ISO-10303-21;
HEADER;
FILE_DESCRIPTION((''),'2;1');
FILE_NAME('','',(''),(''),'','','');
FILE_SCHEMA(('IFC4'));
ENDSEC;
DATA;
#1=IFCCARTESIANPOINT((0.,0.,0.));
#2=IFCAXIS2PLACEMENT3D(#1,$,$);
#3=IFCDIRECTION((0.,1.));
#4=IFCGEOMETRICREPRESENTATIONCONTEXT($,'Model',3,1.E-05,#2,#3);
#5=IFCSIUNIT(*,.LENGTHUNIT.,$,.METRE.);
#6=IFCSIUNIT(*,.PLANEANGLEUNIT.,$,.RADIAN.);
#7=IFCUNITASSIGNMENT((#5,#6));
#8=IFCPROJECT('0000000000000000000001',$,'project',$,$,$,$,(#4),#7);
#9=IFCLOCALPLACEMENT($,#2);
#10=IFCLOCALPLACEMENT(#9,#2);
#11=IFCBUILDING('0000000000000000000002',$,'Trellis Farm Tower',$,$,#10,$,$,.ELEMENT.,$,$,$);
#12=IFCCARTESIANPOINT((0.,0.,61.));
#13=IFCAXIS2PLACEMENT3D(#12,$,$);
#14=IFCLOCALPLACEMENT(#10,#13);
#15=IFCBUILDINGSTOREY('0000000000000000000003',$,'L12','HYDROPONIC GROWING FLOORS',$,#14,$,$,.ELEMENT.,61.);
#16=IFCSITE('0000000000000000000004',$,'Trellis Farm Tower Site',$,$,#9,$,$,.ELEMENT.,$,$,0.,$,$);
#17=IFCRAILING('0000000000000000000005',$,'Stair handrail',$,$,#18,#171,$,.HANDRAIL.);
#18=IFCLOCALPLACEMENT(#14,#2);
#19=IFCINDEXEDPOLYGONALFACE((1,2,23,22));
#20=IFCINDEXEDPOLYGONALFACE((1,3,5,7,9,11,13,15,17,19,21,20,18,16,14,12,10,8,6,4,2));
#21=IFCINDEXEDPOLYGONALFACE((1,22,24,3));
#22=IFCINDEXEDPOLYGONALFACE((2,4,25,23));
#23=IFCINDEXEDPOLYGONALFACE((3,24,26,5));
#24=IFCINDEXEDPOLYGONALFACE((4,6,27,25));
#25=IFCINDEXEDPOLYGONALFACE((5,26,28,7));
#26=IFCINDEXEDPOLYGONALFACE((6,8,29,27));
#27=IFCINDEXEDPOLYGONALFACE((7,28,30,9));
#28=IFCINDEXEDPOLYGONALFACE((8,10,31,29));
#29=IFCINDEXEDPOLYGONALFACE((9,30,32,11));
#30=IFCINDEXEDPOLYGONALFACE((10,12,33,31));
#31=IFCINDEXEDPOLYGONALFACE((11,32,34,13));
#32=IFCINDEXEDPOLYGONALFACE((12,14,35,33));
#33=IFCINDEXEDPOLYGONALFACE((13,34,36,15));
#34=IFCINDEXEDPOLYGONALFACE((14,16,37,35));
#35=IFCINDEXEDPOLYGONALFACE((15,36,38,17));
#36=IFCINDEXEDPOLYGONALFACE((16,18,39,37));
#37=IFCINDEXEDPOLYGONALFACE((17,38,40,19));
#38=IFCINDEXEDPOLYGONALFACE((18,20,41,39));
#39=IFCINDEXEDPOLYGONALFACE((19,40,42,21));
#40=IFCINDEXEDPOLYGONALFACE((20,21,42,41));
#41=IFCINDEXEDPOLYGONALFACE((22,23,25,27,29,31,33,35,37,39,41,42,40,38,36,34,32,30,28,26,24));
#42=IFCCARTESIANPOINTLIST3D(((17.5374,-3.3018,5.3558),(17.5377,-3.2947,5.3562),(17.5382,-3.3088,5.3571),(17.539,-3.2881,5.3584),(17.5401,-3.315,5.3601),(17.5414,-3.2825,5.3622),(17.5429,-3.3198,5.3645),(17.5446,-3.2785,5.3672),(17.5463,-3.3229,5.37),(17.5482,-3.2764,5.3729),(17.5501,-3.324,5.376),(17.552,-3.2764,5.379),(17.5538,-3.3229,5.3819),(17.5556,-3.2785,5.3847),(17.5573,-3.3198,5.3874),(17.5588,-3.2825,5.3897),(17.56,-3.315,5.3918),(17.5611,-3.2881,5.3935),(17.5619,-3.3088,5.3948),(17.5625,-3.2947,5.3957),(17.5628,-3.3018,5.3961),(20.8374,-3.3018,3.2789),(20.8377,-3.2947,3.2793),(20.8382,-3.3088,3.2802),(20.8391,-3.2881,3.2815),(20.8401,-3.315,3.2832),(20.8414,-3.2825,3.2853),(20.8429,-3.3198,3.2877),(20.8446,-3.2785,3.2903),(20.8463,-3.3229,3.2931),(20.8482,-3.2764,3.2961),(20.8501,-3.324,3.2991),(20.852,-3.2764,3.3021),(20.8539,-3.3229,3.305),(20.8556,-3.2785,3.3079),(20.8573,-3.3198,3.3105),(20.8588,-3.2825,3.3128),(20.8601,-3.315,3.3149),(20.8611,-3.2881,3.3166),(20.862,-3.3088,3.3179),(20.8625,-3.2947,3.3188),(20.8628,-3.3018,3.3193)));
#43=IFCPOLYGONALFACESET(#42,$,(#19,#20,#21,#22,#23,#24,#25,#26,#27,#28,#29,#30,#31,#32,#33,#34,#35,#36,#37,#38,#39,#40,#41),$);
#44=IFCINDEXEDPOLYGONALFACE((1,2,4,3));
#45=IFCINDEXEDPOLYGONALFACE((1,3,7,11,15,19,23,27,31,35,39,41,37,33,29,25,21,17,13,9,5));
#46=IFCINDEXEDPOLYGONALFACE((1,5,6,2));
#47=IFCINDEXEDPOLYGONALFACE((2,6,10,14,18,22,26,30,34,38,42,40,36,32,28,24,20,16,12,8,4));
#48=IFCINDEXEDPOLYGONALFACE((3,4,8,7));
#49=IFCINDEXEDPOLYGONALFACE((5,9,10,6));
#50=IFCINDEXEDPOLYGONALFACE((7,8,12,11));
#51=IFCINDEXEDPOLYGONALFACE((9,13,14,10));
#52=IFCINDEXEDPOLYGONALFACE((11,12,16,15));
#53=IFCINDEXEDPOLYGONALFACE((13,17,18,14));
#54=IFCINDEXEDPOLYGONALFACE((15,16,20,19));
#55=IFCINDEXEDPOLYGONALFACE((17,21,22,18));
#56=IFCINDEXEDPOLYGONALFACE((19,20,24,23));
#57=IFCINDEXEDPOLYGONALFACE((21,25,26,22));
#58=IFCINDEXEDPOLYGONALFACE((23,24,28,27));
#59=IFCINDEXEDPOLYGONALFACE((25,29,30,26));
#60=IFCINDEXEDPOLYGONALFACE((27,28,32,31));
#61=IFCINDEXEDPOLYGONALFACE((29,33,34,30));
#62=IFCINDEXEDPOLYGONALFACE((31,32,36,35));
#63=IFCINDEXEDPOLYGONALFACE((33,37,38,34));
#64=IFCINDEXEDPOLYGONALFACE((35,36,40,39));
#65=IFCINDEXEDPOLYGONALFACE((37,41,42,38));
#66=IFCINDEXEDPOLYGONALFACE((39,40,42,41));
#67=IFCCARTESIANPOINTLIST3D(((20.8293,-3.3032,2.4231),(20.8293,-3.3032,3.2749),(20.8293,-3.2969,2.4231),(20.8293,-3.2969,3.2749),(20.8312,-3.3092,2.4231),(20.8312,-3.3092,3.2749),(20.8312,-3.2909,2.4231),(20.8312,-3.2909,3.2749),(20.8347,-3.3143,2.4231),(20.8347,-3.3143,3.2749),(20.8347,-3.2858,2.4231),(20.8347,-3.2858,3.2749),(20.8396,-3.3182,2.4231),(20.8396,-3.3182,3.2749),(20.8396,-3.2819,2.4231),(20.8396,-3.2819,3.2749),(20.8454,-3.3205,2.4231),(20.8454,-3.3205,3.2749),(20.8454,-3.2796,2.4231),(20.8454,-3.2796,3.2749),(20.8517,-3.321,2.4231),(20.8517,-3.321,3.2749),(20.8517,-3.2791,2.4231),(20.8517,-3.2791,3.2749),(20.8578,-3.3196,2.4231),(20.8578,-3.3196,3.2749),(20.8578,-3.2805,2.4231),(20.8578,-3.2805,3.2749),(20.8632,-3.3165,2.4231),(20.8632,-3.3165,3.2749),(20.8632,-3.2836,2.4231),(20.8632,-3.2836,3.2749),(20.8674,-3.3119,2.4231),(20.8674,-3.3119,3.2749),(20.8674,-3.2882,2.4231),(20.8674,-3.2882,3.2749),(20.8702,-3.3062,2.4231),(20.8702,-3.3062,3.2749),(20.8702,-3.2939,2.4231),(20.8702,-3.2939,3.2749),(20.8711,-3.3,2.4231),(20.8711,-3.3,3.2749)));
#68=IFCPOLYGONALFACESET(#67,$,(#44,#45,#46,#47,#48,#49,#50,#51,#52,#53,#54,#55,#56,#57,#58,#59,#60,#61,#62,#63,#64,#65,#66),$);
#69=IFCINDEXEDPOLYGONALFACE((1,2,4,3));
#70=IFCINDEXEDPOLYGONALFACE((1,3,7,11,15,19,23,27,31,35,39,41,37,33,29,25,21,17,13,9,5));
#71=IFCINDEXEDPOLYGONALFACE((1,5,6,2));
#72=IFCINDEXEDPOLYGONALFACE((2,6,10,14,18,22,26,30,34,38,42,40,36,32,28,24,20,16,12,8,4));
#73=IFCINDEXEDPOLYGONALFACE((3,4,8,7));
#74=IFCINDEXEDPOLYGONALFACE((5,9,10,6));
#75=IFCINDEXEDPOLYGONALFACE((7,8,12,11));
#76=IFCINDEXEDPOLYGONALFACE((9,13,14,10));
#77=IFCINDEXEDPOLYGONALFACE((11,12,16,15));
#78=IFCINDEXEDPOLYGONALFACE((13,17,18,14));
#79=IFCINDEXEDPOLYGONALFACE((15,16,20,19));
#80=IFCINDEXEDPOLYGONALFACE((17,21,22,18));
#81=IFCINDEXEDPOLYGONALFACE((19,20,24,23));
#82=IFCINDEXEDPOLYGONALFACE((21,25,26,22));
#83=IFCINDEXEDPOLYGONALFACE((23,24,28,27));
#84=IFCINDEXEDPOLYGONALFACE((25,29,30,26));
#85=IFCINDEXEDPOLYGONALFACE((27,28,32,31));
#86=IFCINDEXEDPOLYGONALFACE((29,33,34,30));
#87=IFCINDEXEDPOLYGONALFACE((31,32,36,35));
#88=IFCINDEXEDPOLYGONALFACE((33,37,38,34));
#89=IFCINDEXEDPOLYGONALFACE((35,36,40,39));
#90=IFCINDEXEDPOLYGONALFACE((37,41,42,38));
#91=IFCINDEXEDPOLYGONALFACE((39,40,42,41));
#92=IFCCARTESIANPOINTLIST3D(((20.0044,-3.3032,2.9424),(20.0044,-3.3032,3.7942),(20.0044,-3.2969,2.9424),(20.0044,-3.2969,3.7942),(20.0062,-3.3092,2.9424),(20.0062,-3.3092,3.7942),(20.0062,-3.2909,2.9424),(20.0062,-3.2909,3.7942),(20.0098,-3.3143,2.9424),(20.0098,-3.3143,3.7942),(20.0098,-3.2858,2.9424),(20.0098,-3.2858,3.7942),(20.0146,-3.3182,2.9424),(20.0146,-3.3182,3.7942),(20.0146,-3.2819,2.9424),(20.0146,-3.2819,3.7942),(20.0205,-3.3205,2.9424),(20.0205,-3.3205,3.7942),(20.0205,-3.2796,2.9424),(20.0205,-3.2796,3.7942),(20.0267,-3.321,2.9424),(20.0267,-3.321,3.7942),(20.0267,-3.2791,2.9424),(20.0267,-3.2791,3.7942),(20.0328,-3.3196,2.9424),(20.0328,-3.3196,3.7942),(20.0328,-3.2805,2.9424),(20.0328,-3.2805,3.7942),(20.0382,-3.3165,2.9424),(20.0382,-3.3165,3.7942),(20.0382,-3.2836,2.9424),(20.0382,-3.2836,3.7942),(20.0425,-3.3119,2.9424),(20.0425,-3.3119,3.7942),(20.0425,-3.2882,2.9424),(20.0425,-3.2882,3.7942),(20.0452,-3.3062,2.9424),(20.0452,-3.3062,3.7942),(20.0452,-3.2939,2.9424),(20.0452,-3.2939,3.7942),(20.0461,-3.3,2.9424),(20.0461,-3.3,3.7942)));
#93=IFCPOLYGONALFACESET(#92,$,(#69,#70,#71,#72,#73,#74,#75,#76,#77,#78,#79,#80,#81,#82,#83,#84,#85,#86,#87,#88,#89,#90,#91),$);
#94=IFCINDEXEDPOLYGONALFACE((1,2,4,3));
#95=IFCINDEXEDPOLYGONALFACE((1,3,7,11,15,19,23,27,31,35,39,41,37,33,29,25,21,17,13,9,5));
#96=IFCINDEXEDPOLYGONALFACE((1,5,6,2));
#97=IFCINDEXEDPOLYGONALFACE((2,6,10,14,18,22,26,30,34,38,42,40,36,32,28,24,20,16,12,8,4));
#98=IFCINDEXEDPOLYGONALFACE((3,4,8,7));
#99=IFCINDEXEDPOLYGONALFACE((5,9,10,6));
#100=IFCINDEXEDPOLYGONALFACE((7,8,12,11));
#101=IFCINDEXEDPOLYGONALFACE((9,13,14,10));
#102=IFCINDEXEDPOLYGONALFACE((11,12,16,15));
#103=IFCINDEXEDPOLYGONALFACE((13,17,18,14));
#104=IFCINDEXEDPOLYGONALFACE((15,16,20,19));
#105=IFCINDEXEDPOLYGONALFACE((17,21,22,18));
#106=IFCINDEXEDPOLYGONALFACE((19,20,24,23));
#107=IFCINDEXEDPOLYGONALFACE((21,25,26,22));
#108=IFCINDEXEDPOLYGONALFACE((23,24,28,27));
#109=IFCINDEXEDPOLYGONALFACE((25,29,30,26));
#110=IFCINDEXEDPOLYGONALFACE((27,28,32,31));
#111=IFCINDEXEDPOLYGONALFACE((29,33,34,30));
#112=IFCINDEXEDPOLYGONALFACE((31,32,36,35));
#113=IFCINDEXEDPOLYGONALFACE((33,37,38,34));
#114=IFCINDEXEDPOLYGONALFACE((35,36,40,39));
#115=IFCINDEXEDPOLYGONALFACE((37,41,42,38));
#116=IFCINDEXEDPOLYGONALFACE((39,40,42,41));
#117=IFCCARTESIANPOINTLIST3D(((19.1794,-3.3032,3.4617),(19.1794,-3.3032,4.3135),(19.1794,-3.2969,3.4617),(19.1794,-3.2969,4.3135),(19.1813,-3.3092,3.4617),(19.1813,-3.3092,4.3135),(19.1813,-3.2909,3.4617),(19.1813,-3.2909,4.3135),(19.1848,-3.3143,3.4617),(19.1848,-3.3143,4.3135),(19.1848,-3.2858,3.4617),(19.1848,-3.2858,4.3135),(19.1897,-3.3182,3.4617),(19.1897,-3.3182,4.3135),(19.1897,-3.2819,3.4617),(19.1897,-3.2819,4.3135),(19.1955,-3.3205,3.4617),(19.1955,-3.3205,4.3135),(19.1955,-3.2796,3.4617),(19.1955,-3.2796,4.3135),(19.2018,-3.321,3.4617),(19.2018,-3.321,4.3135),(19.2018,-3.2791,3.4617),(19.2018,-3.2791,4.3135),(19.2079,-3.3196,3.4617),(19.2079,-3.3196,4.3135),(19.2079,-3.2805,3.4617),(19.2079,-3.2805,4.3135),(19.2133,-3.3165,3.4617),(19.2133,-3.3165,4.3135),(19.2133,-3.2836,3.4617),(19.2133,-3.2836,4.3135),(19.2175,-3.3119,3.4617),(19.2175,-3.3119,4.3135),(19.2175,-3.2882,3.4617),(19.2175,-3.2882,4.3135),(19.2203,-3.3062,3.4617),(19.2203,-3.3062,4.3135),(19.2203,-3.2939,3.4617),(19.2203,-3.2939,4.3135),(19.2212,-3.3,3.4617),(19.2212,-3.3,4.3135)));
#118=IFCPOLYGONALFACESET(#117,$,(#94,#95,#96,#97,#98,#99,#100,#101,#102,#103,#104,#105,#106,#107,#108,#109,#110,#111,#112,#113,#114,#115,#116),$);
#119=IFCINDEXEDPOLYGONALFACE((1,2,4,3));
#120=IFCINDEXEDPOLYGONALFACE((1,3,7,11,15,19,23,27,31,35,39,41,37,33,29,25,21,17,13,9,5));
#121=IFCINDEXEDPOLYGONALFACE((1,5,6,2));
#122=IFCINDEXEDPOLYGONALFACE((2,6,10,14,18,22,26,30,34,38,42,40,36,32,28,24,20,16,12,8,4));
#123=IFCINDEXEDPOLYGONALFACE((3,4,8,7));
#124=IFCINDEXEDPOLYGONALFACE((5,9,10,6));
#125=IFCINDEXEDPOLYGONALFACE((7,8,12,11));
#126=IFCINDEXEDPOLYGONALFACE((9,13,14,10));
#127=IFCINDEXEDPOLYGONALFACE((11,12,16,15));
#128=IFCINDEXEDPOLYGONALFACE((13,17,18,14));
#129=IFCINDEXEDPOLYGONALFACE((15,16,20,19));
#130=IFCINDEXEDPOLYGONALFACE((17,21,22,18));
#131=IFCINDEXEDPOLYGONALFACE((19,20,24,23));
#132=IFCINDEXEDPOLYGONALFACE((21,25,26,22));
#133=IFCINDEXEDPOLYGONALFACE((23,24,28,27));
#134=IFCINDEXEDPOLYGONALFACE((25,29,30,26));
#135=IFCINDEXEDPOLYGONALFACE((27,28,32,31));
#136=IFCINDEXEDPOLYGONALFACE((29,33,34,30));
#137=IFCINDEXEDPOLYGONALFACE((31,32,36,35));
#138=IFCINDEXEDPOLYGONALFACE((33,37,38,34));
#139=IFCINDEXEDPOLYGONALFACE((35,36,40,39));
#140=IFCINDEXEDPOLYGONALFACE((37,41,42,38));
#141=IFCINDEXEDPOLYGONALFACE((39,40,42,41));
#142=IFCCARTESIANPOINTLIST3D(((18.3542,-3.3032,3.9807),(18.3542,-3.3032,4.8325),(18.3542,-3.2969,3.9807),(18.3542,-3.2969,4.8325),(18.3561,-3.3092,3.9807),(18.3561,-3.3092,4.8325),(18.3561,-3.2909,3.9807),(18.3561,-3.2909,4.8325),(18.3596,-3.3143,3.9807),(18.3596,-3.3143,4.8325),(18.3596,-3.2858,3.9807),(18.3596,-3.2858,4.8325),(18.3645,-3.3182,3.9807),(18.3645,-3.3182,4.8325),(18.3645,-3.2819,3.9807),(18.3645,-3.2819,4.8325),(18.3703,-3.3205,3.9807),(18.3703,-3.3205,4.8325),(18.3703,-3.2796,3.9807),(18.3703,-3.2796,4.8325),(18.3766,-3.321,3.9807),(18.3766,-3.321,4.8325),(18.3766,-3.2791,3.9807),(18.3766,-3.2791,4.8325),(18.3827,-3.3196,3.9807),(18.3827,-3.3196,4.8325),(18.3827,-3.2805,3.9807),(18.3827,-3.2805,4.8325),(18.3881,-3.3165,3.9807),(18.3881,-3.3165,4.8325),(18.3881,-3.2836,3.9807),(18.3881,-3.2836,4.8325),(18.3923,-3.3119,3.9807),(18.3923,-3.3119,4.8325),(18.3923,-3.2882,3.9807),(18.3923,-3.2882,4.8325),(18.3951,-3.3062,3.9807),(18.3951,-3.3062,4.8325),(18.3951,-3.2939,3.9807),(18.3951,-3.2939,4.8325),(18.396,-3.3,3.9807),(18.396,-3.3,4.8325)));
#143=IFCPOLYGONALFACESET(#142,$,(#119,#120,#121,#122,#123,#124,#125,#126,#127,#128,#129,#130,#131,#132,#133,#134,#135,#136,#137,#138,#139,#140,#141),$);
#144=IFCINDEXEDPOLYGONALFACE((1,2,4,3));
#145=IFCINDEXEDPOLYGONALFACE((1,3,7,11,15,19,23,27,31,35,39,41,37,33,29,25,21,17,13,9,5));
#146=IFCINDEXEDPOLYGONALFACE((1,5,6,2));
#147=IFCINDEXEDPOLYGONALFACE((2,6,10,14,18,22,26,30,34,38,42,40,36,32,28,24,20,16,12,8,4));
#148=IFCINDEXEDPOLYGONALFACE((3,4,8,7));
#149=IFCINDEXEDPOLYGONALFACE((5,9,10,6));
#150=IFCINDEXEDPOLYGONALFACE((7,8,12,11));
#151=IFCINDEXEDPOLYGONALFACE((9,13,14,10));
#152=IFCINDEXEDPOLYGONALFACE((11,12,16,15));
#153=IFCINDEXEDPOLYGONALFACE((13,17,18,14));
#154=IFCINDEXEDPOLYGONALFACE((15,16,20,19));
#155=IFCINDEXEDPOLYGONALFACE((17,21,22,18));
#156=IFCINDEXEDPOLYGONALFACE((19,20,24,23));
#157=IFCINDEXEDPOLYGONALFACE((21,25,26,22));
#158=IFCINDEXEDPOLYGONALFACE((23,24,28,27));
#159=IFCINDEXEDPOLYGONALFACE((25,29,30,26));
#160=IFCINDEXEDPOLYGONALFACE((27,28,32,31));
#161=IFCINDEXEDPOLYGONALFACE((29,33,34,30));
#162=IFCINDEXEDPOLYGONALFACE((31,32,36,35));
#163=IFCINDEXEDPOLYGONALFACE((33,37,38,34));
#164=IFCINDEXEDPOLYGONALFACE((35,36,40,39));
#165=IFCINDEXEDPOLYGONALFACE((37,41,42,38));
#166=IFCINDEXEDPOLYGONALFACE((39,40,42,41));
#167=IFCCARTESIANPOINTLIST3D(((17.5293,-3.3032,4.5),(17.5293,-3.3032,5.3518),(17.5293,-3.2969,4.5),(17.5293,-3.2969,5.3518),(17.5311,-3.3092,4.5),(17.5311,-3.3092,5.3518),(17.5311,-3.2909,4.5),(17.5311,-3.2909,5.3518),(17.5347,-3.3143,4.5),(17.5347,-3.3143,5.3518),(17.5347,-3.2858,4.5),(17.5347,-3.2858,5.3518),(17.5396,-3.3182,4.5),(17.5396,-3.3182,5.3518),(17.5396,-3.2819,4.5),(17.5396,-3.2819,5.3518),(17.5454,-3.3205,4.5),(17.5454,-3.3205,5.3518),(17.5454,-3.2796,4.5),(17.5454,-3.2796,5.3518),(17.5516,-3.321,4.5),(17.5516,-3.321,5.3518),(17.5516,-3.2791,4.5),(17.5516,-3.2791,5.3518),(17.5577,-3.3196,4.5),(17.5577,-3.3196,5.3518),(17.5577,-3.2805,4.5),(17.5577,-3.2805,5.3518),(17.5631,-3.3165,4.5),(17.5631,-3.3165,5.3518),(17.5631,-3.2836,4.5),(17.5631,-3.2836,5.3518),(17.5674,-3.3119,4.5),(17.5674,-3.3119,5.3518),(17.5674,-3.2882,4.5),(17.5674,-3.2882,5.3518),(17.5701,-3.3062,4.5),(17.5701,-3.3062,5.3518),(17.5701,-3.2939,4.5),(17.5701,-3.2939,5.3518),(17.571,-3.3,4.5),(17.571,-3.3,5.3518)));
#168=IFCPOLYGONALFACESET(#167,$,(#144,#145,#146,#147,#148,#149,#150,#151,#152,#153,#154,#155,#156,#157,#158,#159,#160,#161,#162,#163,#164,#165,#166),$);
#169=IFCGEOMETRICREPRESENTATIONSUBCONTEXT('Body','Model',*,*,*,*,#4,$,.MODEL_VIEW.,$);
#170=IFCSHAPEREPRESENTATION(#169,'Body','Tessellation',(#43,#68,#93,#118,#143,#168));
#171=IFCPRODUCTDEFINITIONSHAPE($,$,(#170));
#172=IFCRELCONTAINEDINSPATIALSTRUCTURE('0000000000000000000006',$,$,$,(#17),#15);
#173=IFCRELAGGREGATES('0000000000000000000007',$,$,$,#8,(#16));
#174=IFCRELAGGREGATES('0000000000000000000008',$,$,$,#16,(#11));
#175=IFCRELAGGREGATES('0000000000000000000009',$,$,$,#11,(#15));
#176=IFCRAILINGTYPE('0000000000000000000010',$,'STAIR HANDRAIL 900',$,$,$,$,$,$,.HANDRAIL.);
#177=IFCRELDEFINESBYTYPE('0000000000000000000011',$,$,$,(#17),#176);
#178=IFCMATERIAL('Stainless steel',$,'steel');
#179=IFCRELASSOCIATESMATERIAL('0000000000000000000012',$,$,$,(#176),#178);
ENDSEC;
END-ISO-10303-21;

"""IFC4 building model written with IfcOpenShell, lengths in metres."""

from ifc_helpers import new_model, si_unit, direction, frame, origin, origin_2d, place, context, subcontext, project, spatial, circle, extrude, source, transform, mapped, material, type_object, element, save


model = new_model("IFC4")

# Units and contexts
model_context = context("Model", 3, precision=1e-05, world=origin(), true_north=direction((0.0, 1.0)))
body_context = subcontext(model_context, "Body", "Model", "MODEL_VIEW")
ifc_project = project(units=[si_unit("LENGTHUNIT", "METRE"), si_unit("PLANEANGLEUNIT", "RADIAN")], contexts=[model_context])

# Site, building, storey
site_placement = place(None, origin())
site = spatial("IfcSite", under=ifc_project, at=site_placement, Name="Trellis Farm Tower Site", CompositionType="ELEMENT", RefElevation=0.0)
building_placement = place(site_placement, origin())
building = spatial("IfcBuilding", under=site, at=building_placement, Name="Trellis Farm Tower", CompositionType="ELEMENT")
storey_placement = place(building_placement, frame((0.0, 0.0, 61.0)))
storey = spatial("IfcBuildingStorey", under=building, at=storey_placement, Name="L12", Description="HYDROPONIC GROWING FLOORS", CompositionType="ELEMENT", Elevation=61.0)

# Shared definitions
ifc_material_1 = material(Name="Stainless steel", Category="steel")

# Railing
railing_type = type_object("IfcRailingType", Name="STAIR HANDRAIL 900", PredefinedType="HANDRAIL", material=ifc_material_1)
shared_shape_1 = source(origin(), body_context, "Body", "SweptSolid", [
    extrude(circle(Radius=0.0239, at=origin_2d()), frame((0.0, 0.0, 0.876), z_axis=(-0.846337, 0.0, 0.532647), x_axis=(0.0, -1.0, 0.0)), (0.0, 0.0, 1.0), 3.8992),
    extrude(circle(Radius=0.021, at=origin_2d()), origin(), (0.0, 0.0, 1.0), 0.8518),
    extrude(circle(Radius=0.021, at=origin_2d()), frame((-0.825, 0.0, 0.5193)), (0.0, 0.0, 1.0), 0.8518),
    extrude(circle(Radius=0.021, at=origin_2d()), frame((-1.6499, 0.0, 1.0386)), (0.0, 0.0, 1.0), 0.8518),
    extrude(circle(Radius=0.021, at=origin_2d()), frame((-2.4751, 0.0, 1.5576)), (0.0, 0.0, 1.0), 0.8518),
    extrude(circle(Radius=0.021, at=origin_2d()), frame((-3.3, 0.0, 2.0769)), (0.0, 0.0, 1.0), 0.8518),
])
for number, where, name in (
    (1, (20.8501, -3.3, 2.4231), "Stair handrail"),
):
    element("IfcRailing", number, at=place(storey_placement, frame(where)), inside=storey, type_object=railing_type, Name=name, PredefinedType="HANDRAIL", context=body_context, shape_type="MappedRepresentation", body=[
        mapped(shared_shape_1, transform((0.0, 0.0, 0.0))),
    ])

save(model, "model.ifc")
